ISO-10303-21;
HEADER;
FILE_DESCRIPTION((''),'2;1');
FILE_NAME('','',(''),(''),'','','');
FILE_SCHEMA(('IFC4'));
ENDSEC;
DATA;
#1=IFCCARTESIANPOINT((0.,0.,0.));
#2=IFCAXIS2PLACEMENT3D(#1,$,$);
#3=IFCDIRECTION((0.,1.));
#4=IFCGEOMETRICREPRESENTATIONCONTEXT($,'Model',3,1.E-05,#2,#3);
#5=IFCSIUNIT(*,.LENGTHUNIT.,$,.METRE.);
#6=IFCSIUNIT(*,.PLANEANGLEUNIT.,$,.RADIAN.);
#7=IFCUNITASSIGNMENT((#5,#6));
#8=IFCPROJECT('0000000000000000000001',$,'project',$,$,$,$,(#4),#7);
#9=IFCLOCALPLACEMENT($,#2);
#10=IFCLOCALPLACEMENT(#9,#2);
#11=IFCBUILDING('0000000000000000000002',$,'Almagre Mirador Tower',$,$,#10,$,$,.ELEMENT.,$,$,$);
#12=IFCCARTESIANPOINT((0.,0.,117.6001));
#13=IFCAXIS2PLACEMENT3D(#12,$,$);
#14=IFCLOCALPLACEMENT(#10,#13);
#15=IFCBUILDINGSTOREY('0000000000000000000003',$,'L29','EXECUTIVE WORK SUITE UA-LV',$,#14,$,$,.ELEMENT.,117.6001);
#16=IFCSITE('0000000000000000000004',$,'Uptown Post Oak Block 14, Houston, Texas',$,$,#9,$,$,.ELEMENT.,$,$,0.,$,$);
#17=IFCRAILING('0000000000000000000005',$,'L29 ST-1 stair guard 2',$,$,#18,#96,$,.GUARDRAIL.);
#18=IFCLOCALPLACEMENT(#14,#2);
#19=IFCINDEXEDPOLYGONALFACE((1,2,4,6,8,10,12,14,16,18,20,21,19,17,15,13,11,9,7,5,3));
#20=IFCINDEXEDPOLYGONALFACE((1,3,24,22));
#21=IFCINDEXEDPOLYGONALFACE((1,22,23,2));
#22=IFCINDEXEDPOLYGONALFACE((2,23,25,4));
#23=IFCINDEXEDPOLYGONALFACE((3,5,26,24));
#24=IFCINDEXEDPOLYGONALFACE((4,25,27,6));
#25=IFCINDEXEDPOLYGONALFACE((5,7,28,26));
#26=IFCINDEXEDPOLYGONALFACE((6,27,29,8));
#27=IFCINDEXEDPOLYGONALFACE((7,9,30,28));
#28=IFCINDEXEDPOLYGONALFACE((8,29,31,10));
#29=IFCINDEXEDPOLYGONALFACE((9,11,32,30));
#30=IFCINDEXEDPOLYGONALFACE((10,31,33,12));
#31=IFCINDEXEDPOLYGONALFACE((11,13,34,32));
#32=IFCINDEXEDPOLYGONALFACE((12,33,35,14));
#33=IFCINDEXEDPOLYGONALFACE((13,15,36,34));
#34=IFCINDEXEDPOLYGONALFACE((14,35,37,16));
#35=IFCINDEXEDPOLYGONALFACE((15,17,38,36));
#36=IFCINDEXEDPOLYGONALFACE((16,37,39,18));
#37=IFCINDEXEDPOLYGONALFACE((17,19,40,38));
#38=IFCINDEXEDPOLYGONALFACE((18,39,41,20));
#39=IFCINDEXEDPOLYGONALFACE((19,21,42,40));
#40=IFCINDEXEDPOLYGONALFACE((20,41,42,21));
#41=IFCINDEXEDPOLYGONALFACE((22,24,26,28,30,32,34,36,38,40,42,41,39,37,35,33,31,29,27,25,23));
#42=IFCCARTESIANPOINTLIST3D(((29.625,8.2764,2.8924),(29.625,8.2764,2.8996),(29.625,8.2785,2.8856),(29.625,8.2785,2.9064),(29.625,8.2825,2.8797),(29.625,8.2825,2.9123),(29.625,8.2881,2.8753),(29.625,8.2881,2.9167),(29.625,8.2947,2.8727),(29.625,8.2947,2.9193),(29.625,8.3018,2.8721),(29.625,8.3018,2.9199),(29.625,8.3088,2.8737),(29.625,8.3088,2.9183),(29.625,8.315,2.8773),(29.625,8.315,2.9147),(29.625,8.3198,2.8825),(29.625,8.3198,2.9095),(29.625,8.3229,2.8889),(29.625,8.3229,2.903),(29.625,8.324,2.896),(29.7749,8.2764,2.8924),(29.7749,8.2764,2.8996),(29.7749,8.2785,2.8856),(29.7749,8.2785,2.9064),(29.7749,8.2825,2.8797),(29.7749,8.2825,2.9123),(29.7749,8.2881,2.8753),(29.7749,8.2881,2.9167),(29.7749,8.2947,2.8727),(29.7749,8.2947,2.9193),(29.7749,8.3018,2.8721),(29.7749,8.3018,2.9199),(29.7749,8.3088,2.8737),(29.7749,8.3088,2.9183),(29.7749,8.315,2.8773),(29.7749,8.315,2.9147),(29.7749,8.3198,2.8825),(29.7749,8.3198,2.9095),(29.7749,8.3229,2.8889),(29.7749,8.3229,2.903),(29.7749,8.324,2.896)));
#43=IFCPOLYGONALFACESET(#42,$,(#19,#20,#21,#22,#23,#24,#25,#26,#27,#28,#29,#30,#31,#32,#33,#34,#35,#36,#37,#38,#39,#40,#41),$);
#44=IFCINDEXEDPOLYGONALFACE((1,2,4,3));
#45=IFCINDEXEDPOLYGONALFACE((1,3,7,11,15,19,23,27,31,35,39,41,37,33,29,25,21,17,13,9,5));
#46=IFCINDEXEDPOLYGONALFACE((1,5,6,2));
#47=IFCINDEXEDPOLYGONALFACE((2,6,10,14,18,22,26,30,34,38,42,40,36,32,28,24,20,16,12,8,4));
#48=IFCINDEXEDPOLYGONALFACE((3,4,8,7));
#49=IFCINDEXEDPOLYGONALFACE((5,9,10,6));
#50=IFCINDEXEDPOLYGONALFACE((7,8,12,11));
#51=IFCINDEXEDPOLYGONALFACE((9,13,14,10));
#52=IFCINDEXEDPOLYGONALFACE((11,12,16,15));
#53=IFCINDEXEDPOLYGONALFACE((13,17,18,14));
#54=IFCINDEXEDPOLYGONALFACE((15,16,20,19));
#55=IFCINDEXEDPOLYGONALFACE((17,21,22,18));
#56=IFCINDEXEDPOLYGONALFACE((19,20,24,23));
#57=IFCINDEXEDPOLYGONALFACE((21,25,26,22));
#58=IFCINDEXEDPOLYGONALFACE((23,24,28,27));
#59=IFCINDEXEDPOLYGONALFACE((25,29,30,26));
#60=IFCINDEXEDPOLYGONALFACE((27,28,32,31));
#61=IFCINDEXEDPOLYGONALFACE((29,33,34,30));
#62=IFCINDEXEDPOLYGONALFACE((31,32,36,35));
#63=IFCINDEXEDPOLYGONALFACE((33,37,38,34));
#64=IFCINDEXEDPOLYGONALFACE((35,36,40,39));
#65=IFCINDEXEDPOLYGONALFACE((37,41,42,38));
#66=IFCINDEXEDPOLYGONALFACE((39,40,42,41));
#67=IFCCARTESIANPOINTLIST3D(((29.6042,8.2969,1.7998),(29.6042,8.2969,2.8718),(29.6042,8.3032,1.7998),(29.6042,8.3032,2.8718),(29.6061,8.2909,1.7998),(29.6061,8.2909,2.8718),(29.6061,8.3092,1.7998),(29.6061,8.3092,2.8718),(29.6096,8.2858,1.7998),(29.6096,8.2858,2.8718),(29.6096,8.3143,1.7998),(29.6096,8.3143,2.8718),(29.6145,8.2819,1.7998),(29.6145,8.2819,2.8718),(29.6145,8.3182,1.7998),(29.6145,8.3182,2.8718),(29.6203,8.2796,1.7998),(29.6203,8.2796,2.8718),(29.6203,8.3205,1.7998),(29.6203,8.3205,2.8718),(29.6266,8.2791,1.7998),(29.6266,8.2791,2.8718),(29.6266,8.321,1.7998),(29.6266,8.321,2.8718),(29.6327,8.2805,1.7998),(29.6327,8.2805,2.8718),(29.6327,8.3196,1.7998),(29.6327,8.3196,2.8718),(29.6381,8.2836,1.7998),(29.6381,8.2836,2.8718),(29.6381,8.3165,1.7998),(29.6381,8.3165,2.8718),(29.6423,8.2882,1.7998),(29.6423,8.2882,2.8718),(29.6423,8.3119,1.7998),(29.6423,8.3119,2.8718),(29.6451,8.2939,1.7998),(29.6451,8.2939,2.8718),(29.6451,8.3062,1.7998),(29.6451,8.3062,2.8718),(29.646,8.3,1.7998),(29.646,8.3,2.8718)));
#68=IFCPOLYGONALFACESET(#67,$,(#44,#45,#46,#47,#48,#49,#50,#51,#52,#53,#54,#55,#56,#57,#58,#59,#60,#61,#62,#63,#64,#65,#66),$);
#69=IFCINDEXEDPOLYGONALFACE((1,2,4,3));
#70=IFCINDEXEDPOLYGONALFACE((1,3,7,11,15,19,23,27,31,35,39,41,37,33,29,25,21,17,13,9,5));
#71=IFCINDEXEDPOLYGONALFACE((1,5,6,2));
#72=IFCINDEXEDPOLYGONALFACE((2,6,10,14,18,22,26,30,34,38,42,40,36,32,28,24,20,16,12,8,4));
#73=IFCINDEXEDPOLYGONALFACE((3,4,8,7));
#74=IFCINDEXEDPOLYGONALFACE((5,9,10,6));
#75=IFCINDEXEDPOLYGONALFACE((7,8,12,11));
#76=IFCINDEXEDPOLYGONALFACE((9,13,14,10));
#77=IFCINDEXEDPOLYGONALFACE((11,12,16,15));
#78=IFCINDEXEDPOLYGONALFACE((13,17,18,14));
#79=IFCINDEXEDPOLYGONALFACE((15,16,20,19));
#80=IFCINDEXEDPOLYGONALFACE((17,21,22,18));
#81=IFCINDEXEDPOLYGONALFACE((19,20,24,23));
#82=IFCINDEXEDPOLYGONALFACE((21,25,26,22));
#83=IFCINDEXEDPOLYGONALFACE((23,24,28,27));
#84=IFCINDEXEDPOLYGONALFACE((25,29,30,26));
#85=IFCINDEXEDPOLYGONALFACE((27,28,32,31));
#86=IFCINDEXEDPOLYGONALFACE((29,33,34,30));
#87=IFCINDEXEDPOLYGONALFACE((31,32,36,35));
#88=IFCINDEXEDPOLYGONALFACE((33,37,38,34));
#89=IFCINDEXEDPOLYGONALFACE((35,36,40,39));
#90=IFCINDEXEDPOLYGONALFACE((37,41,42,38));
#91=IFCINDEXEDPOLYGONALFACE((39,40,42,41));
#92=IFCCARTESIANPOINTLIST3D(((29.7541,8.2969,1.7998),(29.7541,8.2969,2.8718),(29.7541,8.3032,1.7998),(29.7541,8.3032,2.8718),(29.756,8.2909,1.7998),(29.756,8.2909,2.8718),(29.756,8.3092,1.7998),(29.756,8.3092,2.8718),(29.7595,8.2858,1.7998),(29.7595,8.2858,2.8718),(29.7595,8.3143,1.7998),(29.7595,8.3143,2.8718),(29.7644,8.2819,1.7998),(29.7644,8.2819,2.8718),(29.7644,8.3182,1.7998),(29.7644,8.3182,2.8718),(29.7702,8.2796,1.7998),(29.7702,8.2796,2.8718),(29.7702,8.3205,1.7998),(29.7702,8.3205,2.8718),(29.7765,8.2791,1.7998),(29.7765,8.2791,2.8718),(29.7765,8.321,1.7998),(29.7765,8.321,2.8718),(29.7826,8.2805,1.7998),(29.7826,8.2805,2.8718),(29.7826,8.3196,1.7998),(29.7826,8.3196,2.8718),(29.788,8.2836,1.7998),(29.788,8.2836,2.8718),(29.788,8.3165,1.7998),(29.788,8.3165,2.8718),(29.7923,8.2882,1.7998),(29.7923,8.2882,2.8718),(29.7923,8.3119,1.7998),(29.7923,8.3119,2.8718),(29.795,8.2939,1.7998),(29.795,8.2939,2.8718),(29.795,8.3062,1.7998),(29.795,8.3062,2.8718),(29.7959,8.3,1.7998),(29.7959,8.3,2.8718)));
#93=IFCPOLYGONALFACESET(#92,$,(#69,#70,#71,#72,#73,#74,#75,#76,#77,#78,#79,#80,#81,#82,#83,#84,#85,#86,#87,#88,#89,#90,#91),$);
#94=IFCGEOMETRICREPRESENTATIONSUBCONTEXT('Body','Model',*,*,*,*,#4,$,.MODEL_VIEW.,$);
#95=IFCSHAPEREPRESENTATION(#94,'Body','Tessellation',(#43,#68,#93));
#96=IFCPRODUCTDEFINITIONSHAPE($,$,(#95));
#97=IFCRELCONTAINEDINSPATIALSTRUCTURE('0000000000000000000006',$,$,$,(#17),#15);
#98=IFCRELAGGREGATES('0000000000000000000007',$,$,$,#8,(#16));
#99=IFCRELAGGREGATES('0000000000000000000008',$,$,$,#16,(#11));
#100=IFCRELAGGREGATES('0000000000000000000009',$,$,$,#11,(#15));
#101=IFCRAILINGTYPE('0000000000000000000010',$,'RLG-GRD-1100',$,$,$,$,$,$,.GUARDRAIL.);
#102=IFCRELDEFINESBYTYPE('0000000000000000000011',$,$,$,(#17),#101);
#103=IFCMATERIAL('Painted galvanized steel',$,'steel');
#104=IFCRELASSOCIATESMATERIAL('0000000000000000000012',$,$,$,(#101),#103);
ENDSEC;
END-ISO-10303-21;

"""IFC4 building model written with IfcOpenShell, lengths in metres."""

from ifc_helpers import new_model, si_unit, direction, frame, origin, origin_2d, place, context, subcontext, project, spatial, circle, extrude, material, type_object, element, save


model = new_model("IFC4")

# Units and contexts
model_context = context("Model", 3, precision=1e-05, world=origin(), true_north=direction((0.0, 1.0)))
body_context = subcontext(model_context, "Body", "Model", "MODEL_VIEW")
ifc_project = project(units=[si_unit("LENGTHUNIT", "METRE"), si_unit("PLANEANGLEUNIT", "RADIAN")], contexts=[model_context])

# Site, building, storey
site_placement = place(None, origin())
site = spatial("IfcSite", under=ifc_project, at=site_placement, Name="Uptown Post Oak Block 14, Houston, Texas", CompositionType="ELEMENT", RefElevation=0.0)
building_placement = place(site_placement, origin())
building = spatial("IfcBuilding", under=site, at=building_placement, Name="Almagre Mirador Tower", CompositionType="ELEMENT")
storey_placement = place(building_placement, frame((0.0, 0.0, 117.6001)))
storey = spatial("IfcBuildingStorey", under=building, at=storey_placement, Name="L29", Description="EXECUTIVE WORK SUITE UA-LV", CompositionType="ELEMENT", Elevation=117.6001)

# Railing
ifc_material_1 = material(Name="Painted galvanized steel", Category="steel")
railing_type_1 = type_object("IfcRailingType", Name="RLG-GRD-1100", PredefinedType="GUARDRAIL", material=ifc_material_1)
railing_1_placement = place(storey_placement, frame((29.625, 8.3, 1.7998)))
element("IfcRailing", 1, at=railing_1_placement, inside=storey, type_object=railing_type_1, Name="L29 ST-1 stair guard 2", PredefinedType="GUARDRAIL", context=body_context, shape_type="SweptSolid", body=[
    extrude(circle(Radius=0.0239, at=origin_2d()), frame((0.0, 0.0, 1.0962), z_axis=(1.0, 0.0, 0.0), x_axis=(0.0, 1.0, 0.0)), (0.0, 0.0, 1.0), 0.1499),
    extrude(circle(Radius=0.021, at=origin_2d()), origin(), (0.0, 0.0, 1.0), 1.072),
    extrude(circle(Radius=0.021, at=origin_2d()), frame((0.1499, 0.0, 0.0)), (0.0, 0.0, 1.0), 1.072),
])

save(model, "model.ifc")
